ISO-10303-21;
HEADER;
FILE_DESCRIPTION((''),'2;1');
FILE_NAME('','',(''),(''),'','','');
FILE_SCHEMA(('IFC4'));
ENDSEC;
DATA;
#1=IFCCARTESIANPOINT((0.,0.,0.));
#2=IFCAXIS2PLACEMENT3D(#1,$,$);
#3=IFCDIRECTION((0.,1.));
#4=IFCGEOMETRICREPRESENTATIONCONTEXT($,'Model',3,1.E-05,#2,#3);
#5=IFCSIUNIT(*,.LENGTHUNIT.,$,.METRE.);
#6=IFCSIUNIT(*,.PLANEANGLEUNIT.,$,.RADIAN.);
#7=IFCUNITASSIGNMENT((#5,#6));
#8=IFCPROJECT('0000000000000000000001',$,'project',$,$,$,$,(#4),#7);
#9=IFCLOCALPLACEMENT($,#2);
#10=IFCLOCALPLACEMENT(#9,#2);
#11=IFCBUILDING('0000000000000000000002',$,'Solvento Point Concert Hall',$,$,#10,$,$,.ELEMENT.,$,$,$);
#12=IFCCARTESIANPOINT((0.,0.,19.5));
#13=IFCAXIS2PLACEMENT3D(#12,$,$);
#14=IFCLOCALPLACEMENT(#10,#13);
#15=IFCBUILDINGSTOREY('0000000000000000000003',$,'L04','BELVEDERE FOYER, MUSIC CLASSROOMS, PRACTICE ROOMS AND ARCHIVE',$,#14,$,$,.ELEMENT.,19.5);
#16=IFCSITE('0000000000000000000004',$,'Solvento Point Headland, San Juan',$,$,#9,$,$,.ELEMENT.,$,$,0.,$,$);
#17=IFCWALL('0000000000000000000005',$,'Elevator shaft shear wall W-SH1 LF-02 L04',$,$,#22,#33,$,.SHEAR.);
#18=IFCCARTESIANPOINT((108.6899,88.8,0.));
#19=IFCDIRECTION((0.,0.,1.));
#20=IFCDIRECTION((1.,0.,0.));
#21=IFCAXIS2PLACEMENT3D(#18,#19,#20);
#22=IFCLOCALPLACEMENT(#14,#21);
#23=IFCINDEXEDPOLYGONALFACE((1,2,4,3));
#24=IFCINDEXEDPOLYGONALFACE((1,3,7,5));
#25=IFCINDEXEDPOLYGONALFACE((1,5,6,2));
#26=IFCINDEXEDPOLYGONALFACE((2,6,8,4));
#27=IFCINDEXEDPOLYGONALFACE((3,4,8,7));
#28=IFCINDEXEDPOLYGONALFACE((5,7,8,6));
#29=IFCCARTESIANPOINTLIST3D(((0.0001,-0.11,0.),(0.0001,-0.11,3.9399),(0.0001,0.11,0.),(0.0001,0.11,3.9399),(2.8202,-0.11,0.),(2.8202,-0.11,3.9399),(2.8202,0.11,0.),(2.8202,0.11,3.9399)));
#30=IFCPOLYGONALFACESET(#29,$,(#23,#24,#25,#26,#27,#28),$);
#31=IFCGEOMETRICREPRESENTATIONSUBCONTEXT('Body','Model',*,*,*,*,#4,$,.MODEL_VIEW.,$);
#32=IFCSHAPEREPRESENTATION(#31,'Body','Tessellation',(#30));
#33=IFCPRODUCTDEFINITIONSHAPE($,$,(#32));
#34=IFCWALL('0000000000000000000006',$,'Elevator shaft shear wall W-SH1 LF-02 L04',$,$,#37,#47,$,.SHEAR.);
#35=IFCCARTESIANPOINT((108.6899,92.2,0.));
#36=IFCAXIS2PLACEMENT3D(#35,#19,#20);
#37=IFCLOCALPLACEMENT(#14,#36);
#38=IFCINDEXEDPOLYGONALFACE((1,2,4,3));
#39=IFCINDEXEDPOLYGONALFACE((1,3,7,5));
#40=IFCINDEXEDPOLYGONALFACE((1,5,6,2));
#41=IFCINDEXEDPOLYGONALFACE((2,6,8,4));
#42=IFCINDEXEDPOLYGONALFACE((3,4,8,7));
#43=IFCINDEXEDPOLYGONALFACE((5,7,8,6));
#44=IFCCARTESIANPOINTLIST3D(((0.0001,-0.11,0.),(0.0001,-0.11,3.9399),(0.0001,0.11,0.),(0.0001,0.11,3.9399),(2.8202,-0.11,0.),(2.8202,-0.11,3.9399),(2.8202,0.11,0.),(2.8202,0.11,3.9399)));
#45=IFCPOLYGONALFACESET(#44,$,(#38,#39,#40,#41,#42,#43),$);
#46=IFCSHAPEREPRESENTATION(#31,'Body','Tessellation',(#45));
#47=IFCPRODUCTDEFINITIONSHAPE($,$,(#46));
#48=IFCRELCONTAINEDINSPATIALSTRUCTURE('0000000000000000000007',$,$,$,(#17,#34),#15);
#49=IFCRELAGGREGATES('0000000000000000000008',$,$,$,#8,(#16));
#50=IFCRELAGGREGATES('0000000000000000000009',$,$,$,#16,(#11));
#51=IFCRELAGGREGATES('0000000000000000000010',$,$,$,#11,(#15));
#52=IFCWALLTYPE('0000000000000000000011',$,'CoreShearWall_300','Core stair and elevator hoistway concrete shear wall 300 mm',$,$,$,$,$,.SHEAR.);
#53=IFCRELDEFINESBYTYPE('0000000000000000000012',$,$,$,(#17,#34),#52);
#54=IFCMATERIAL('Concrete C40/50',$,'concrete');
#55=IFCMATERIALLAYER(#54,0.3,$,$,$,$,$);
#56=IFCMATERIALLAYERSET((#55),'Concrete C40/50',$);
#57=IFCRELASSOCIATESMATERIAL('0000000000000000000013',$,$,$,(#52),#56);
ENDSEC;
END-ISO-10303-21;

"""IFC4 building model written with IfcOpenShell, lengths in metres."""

from ifc_helpers import new_model, si_unit, direction, frame, frame_2d, origin, place, context, subcontext, project, spatial, rectangle, extrude, material, layer, layer_set, type_object, element, save


model = new_model("IFC4")

# Units and contexts
model_context = context("Model", 3, precision=1e-05, world=origin(), true_north=direction((0.0, 1.0)))
body_context = subcontext(model_context, "Body", "Model", "MODEL_VIEW")
ifc_project = project(units=[si_unit("LENGTHUNIT", "METRE"), si_unit("PLANEANGLEUNIT", "RADIAN")], contexts=[model_context])

# Site, building, storey
site_placement = place(None, origin())
site = spatial("IfcSite", under=ifc_project, at=site_placement, Name="Solvento Point Headland, San Juan", CompositionType="ELEMENT", RefElevation=0.0)
building_placement = place(site_placement, origin())
building = spatial("IfcBuilding", under=site, at=building_placement, Name="Solvento Point Concert Hall", CompositionType="ELEMENT")
storey_placement = place(building_placement, frame((0.0, 0.0, 19.5)))
storey = spatial("IfcBuildingStorey", under=building, at=storey_placement, Name="L04", Description="BELVEDERE FOYER, MUSIC CLASSROOMS, PRACTICE ROOMS AND ARCHIVE", CompositionType="ELEMENT", Elevation=19.5)

# Walls
ifc_material_1 = material(Name="Concrete C40/50", Category="concrete")
ifc_layer_1 = layer(ifc_material_1, 0.3)
ifc_layer_set_1 = layer_set([ifc_layer_1], Name="Concrete C40/50")
wall_type_1 = type_object("IfcWallType", Name="CoreShearWall_300", Description="Core stair and elevator hoistway concrete shear wall 300 mm", PredefinedType="SHEAR", material=ifc_layer_set_1)
for number, where, z_axis, x_axis, name in (
    (1, (108.6899, 88.8, 0.0), (0.0, 0.0, 1.0), (1.0, 0.0, 0.0), "Elevator shaft shear wall W-SH1 LF-02 L04"),
    (2, (108.6899, 92.2, 0.0), (0.0, 0.0, 1.0), (1.0, 0.0, 0.0), "Elevator shaft shear wall W-SH1 LF-02 L04"),
):
    element("IfcWall", number, at=place(storey_placement, frame(where, z_axis=z_axis, x_axis=x_axis)), inside=storey, type_object=wall_type_1, Name=name, PredefinedType="SHEAR", context=body_context, shape_type="SweptSolid", body=[
        extrude(rectangle(XDim=2.8201, YDim=0.22, at=frame_2d((1.4102, 0.0))), origin(), (0.0, 0.0, 1.0), 3.9399),
    ])

save(model, "model.ifc")
